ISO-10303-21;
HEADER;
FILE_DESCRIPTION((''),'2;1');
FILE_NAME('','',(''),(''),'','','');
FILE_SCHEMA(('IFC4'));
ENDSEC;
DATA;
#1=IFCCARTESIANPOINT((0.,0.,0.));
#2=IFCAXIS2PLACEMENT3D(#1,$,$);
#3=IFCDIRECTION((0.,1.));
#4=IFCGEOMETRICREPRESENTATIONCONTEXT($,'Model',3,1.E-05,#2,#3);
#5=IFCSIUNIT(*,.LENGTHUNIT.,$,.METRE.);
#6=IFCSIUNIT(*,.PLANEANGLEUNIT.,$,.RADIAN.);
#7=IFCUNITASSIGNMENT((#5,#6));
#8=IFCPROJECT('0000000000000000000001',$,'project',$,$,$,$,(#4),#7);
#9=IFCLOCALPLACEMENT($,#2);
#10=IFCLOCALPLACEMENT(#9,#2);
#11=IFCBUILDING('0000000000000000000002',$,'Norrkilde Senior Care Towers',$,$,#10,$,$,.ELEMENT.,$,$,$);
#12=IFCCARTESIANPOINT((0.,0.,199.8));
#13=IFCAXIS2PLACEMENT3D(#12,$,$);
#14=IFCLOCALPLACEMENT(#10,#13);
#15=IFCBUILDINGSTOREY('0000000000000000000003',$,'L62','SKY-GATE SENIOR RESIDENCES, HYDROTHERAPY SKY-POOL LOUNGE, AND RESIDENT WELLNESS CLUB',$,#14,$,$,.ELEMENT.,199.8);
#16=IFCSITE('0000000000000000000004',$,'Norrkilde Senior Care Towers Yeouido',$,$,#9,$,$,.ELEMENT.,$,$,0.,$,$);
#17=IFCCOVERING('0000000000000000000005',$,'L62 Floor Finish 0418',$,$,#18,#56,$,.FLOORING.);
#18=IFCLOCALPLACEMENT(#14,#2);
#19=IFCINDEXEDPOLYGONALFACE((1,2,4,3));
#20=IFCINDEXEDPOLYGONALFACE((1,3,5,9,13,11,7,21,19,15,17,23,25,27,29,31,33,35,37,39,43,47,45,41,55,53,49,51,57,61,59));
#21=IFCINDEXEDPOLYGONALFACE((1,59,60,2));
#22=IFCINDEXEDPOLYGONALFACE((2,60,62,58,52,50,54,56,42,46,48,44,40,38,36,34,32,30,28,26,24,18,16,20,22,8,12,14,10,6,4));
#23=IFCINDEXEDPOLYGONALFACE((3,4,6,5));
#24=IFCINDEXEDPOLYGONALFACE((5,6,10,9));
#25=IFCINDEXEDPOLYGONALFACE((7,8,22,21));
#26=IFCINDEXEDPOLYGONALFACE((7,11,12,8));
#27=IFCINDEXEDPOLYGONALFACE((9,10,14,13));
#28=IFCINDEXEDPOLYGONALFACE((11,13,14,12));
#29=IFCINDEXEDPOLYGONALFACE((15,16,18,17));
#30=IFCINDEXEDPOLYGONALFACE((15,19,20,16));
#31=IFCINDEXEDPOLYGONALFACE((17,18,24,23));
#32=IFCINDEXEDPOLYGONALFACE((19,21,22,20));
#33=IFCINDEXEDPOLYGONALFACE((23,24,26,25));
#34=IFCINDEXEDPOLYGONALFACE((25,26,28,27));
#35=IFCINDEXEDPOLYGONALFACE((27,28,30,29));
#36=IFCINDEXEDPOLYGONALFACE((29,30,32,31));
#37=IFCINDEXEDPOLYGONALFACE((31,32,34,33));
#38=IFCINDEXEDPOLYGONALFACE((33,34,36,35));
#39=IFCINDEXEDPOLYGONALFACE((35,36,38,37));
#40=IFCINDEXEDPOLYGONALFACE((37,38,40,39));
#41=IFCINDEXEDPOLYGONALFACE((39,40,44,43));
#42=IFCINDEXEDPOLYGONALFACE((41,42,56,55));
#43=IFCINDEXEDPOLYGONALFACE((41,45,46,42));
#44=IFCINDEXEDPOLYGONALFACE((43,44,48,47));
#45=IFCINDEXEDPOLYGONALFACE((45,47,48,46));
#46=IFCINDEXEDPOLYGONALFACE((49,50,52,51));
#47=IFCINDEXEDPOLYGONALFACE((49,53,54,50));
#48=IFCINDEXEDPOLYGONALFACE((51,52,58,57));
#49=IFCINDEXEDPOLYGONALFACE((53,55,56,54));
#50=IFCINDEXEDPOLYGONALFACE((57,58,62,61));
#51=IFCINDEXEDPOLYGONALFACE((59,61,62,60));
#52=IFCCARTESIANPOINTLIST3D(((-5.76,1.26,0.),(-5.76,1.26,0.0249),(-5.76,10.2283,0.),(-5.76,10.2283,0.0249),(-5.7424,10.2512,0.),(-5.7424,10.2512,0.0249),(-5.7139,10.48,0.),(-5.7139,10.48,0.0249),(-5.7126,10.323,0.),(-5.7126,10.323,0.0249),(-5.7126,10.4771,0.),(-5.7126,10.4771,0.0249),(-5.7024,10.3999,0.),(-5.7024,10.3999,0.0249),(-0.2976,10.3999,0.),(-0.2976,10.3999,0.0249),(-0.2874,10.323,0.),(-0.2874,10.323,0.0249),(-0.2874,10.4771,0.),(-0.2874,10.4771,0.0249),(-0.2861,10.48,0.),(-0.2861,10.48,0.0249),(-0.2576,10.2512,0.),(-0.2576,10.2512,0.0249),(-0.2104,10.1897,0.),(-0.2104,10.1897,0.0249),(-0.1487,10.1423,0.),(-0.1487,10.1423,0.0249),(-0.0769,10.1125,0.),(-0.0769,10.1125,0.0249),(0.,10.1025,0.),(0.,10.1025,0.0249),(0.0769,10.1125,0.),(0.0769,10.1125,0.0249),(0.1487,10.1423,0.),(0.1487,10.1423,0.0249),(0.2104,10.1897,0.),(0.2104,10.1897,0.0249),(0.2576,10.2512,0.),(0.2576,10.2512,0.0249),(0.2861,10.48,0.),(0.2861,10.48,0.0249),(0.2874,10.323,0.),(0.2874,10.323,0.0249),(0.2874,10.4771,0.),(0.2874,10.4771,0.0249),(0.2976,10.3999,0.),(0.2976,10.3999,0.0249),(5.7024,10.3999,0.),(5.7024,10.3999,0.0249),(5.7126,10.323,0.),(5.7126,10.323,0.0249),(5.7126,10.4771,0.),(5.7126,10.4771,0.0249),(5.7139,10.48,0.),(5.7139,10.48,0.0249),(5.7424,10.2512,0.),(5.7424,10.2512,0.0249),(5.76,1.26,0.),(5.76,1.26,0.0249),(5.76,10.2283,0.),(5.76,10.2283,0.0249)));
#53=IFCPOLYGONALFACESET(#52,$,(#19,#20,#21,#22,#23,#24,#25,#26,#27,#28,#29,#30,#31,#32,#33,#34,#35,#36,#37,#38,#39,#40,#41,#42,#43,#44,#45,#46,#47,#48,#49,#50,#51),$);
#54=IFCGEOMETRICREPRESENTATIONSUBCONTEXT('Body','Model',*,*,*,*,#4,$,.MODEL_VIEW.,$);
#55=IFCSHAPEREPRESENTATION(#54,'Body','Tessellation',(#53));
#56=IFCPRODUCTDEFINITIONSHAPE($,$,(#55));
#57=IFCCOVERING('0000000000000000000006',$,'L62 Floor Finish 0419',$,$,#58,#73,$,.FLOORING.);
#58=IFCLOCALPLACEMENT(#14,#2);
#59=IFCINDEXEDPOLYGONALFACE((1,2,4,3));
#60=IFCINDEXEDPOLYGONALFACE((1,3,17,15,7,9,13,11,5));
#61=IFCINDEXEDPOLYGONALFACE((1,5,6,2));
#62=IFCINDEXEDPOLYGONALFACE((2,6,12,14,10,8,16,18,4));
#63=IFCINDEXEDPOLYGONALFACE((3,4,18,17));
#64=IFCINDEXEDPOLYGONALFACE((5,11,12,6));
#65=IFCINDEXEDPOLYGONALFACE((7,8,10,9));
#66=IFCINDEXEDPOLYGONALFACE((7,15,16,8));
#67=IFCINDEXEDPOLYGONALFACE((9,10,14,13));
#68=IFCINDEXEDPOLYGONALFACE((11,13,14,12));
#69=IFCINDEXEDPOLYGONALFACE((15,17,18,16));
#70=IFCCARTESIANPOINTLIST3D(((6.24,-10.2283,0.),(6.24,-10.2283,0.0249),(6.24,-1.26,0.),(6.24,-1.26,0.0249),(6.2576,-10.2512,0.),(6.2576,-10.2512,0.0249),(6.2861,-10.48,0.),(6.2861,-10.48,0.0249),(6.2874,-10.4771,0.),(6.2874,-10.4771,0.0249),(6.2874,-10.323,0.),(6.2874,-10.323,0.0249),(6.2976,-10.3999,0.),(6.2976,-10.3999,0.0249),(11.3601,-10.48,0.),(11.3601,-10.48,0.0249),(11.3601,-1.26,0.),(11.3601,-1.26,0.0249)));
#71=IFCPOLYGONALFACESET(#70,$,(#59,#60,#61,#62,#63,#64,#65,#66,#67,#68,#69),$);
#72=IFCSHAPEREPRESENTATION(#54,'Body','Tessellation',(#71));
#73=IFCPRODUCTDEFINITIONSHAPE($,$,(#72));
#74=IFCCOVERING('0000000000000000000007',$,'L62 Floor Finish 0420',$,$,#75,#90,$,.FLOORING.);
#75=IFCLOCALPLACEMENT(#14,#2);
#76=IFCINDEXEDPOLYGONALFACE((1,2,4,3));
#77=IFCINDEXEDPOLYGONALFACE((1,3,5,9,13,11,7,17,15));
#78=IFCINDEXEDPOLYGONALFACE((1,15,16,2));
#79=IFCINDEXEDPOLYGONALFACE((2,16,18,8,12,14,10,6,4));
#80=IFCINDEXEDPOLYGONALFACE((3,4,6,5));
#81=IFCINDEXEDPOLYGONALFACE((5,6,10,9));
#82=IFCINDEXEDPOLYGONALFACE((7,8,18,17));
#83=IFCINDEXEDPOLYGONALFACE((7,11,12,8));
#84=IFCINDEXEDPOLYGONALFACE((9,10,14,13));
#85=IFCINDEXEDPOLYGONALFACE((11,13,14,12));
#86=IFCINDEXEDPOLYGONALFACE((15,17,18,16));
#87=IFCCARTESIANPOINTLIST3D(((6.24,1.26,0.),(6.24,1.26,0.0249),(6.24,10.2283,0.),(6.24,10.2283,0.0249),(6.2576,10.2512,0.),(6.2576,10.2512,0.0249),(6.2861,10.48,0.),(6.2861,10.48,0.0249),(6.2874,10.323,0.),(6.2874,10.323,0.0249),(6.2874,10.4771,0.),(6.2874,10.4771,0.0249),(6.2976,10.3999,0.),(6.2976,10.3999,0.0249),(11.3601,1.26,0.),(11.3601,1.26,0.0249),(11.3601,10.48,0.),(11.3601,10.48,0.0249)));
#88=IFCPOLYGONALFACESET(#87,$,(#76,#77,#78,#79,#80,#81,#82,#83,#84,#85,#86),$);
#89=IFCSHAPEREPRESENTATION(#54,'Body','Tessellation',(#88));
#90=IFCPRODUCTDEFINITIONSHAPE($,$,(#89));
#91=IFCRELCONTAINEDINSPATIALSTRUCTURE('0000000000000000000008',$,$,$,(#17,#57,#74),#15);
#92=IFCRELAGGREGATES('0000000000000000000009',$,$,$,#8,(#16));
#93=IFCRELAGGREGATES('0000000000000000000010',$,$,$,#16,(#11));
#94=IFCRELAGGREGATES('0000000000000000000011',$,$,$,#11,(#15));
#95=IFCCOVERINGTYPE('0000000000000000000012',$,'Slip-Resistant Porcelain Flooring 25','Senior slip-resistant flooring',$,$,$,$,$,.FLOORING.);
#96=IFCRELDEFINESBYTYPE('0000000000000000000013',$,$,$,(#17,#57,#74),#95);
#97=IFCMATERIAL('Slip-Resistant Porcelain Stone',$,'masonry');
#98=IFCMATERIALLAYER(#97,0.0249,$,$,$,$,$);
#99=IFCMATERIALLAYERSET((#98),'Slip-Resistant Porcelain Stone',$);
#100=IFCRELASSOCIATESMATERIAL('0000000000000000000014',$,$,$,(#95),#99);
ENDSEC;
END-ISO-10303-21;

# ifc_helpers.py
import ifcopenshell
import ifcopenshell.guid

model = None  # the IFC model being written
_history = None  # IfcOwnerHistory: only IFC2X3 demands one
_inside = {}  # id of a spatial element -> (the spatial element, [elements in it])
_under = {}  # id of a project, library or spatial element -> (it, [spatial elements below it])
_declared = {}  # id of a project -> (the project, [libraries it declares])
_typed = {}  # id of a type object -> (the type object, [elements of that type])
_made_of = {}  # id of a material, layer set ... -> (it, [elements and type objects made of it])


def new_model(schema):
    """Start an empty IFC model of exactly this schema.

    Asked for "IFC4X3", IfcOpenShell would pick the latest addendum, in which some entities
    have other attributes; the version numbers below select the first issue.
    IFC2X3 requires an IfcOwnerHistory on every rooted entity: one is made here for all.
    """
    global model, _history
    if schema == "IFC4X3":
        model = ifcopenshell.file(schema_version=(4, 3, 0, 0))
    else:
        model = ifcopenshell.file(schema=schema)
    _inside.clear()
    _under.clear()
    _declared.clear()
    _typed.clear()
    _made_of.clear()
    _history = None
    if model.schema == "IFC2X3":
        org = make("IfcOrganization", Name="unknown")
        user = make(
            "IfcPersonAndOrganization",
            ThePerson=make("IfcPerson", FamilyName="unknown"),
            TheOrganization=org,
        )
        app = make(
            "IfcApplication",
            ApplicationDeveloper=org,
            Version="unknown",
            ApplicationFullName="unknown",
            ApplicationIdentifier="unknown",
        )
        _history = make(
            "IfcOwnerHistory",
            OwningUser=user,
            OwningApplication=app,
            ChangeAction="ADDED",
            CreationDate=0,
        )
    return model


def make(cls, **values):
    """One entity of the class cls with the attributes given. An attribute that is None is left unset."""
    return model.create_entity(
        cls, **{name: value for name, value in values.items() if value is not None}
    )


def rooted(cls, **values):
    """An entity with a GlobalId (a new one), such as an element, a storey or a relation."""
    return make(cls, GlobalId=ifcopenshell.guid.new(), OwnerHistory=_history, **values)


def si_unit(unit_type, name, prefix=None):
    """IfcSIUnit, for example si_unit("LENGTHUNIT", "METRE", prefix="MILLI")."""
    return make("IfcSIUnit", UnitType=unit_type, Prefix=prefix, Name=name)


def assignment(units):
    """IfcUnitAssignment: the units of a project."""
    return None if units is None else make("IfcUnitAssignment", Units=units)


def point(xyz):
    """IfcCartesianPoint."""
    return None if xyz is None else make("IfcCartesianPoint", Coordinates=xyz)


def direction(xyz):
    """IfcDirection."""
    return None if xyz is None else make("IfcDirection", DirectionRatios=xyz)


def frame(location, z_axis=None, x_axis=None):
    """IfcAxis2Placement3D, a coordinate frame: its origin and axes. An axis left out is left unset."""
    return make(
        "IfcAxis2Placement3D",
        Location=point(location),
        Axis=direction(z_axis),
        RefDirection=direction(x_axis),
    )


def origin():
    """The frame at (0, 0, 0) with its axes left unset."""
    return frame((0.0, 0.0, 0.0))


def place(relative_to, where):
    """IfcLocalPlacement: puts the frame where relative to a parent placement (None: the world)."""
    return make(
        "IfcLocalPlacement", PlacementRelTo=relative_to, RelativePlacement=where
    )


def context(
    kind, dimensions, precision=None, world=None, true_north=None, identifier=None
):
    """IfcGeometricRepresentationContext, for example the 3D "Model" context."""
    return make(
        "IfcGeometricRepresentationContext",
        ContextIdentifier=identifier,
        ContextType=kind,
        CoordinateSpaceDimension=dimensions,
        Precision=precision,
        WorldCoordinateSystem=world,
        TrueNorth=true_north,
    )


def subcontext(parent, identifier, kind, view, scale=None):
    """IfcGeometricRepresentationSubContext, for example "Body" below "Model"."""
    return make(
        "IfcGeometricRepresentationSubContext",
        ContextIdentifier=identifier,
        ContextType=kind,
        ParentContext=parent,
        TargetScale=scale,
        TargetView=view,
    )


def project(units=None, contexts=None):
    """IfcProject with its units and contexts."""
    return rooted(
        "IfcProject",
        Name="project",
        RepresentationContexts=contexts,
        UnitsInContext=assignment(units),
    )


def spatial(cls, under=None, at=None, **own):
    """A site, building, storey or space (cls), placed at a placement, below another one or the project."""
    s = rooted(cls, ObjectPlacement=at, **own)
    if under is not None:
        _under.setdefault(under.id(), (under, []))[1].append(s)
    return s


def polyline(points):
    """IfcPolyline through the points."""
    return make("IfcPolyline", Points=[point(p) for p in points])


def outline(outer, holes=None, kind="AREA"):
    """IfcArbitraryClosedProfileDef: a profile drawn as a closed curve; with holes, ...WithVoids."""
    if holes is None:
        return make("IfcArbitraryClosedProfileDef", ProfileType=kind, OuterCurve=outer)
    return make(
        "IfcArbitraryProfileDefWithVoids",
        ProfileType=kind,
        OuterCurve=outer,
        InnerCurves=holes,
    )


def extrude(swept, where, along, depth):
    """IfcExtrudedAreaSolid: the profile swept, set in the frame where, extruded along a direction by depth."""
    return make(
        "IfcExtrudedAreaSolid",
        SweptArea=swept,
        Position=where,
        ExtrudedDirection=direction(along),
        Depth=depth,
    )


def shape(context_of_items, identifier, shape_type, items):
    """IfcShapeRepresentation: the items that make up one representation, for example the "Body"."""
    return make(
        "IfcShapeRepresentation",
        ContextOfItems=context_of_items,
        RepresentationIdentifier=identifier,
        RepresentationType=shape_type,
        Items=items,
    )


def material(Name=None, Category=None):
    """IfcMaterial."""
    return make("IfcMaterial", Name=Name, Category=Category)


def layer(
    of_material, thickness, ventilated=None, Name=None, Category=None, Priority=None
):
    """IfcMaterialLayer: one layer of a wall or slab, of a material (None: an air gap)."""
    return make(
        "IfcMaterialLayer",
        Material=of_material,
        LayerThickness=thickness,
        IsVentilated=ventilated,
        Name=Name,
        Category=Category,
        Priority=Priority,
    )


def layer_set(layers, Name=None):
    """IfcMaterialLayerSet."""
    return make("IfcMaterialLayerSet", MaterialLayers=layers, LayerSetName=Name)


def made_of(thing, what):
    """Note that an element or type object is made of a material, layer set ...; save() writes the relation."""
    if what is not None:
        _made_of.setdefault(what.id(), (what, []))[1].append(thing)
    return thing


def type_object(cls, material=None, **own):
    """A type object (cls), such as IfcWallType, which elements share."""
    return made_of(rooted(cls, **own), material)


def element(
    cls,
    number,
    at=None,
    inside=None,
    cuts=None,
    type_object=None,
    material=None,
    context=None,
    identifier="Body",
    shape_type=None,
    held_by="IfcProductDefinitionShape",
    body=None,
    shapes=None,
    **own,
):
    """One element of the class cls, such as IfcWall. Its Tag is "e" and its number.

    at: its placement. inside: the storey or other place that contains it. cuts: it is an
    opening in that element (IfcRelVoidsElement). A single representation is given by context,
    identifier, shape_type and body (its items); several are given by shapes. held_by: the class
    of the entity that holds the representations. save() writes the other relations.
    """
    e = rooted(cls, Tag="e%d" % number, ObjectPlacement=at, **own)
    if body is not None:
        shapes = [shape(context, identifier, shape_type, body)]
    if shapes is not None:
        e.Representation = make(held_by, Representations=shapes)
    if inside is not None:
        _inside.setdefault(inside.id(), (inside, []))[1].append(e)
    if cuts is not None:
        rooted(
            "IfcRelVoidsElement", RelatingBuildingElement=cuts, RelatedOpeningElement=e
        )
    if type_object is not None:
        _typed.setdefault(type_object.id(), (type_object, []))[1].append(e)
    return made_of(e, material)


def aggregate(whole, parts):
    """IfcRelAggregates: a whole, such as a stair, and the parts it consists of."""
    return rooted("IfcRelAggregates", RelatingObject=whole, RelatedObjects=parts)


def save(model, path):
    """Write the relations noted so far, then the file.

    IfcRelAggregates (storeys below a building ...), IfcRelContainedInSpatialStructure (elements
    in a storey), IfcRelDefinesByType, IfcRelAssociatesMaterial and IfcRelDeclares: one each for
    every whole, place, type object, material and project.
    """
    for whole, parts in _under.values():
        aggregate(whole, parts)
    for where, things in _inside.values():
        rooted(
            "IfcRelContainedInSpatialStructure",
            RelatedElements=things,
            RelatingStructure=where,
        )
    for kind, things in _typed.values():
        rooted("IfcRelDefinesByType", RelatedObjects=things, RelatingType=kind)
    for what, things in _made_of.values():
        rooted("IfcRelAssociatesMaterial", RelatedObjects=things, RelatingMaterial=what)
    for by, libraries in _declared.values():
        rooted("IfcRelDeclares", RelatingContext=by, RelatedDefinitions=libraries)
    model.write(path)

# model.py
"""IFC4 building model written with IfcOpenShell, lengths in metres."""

from ifc_helpers import new_model, si_unit, direction, frame, origin, place, context, subcontext, project, spatial, polyline, outline, extrude, material, layer, layer_set, type_object, element, save


model = new_model("IFC4")

# Units and contexts
model_context = context("Model", 3, precision=1e-05, world=origin(), true_north=direction((0.0, 1.0)))
body_context = subcontext(model_context, "Body", "Model", "MODEL_VIEW")
ifc_project = project(units=[si_unit("LENGTHUNIT", "METRE"), si_unit("PLANEANGLEUNIT", "RADIAN")], contexts=[model_context])

# Site, building, storey
site_placement = place(None, origin())
site = spatial("IfcSite", under=ifc_project, at=site_placement, Name="Norrkilde Senior Care Towers Yeouido", CompositionType="ELEMENT", RefElevation=0.0)
building_placement = place(site_placement, origin())
building = spatial("IfcBuilding", under=site, at=building_placement, Name="Norrkilde Senior Care Towers", CompositionType="ELEMENT")
storey_placement = place(building_placement, frame((0.0, 0.0, 199.8)))
storey = spatial("IfcBuildingStorey", under=building, at=storey_placement, Name="L62", Description="SKY-GATE SENIOR RESIDENCES, HYDROTHERAPY SKY-POOL LOUNGE, AND RESIDENT WELLNESS CLUB", CompositionType="ELEMENT", Elevation=199.8)

# Coverings
ifc_material_1 = material(Name="Slip-Resistant Porcelain Stone", Category="masonry")
ifc_layer_1 = layer(ifc_material_1, 0.0249)
ifc_layer_set_1 = layer_set([ifc_layer_1], Name="Slip-Resistant Porcelain Stone")
covering_type_1 = type_object("IfcCoveringType", Name="Slip-Resistant Porcelain Flooring 25", Description="Senior slip-resistant flooring", PredefinedType="FLOORING", material=ifc_layer_set_1)
covering_1_placement = place(storey_placement, origin())
element("IfcCovering", 1, at=covering_1_placement, inside=storey, type_object=covering_type_1, Name="L62 Floor Finish 0418", PredefinedType="FLOORING", context=body_context, shape_type="SweptSolid", body=[
    extrude(outline(polyline([(-5.7126, 10.323), (-5.7024, 10.3999), (-5.7126, 10.4771), (-5.7139, 10.48), (-0.2861, 10.48), (-0.2874, 10.4771), (-0.2976, 10.3999), (-0.2874, 10.323), (-0.2576, 10.2512), (-0.2104, 10.1897), (-0.1487, 10.1423), (-0.0769, 10.1125), (0.0, 10.1025), (0.0769, 10.1125), (0.1487, 10.1423), (0.2104, 10.1897), (0.2576, 10.2512), (0.2874, 10.323), (0.2976, 10.3999), (0.2874, 10.4771), (0.2861, 10.48), (5.7139, 10.48), (5.7126, 10.4771), (5.7024, 10.3999), (5.7126, 10.323), (5.7424, 10.2512), (5.76, 10.2283), (5.76, 1.26), (-5.76, 1.26), (-5.76, 10.2283), (-5.7424, 10.2512), (-5.7126, 10.323)])), origin(), (0.0, 0.0, 1.0), 0.0249),
])
covering_2_placement = place(storey_placement, origin())
element("IfcCovering", 2, at=covering_2_placement, inside=storey, type_object=covering_type_1, Name="L62 Floor Finish 0419", PredefinedType="FLOORING", context=body_context, shape_type="SweptSolid", body=[
    extrude(outline(polyline([(6.24, -1.26), (11.3601, -1.26), (11.3601, -10.48), (6.2861, -10.48), (6.2874, -10.4771), (6.2976, -10.3999), (6.2874, -10.323), (6.2576, -10.2512), (6.24, -10.2283), (6.24, -1.26)])), origin(), (0.0, 0.0, 1.0), 0.0249),
])
covering_3_placement = place(storey_placement, origin())
element("IfcCovering", 3, at=covering_3_placement, inside=storey, type_object=covering_type_1, Name="L62 Floor Finish 0420", PredefinedType="FLOORING", context=body_context, shape_type="SweptSolid", body=[
    extrude(outline(polyline([(6.24, 10.2283), (6.2576, 10.2512), (6.2874, 10.323), (6.2976, 10.3999), (6.2874, 10.4771), (6.2861, 10.48), (11.3601, 10.48), (11.3601, 1.26), (6.24, 1.26), (6.24, 10.2283)])), origin(), (0.0, 0.0, 1.0), 0.0249),
])

save(model, "model.ifc")
